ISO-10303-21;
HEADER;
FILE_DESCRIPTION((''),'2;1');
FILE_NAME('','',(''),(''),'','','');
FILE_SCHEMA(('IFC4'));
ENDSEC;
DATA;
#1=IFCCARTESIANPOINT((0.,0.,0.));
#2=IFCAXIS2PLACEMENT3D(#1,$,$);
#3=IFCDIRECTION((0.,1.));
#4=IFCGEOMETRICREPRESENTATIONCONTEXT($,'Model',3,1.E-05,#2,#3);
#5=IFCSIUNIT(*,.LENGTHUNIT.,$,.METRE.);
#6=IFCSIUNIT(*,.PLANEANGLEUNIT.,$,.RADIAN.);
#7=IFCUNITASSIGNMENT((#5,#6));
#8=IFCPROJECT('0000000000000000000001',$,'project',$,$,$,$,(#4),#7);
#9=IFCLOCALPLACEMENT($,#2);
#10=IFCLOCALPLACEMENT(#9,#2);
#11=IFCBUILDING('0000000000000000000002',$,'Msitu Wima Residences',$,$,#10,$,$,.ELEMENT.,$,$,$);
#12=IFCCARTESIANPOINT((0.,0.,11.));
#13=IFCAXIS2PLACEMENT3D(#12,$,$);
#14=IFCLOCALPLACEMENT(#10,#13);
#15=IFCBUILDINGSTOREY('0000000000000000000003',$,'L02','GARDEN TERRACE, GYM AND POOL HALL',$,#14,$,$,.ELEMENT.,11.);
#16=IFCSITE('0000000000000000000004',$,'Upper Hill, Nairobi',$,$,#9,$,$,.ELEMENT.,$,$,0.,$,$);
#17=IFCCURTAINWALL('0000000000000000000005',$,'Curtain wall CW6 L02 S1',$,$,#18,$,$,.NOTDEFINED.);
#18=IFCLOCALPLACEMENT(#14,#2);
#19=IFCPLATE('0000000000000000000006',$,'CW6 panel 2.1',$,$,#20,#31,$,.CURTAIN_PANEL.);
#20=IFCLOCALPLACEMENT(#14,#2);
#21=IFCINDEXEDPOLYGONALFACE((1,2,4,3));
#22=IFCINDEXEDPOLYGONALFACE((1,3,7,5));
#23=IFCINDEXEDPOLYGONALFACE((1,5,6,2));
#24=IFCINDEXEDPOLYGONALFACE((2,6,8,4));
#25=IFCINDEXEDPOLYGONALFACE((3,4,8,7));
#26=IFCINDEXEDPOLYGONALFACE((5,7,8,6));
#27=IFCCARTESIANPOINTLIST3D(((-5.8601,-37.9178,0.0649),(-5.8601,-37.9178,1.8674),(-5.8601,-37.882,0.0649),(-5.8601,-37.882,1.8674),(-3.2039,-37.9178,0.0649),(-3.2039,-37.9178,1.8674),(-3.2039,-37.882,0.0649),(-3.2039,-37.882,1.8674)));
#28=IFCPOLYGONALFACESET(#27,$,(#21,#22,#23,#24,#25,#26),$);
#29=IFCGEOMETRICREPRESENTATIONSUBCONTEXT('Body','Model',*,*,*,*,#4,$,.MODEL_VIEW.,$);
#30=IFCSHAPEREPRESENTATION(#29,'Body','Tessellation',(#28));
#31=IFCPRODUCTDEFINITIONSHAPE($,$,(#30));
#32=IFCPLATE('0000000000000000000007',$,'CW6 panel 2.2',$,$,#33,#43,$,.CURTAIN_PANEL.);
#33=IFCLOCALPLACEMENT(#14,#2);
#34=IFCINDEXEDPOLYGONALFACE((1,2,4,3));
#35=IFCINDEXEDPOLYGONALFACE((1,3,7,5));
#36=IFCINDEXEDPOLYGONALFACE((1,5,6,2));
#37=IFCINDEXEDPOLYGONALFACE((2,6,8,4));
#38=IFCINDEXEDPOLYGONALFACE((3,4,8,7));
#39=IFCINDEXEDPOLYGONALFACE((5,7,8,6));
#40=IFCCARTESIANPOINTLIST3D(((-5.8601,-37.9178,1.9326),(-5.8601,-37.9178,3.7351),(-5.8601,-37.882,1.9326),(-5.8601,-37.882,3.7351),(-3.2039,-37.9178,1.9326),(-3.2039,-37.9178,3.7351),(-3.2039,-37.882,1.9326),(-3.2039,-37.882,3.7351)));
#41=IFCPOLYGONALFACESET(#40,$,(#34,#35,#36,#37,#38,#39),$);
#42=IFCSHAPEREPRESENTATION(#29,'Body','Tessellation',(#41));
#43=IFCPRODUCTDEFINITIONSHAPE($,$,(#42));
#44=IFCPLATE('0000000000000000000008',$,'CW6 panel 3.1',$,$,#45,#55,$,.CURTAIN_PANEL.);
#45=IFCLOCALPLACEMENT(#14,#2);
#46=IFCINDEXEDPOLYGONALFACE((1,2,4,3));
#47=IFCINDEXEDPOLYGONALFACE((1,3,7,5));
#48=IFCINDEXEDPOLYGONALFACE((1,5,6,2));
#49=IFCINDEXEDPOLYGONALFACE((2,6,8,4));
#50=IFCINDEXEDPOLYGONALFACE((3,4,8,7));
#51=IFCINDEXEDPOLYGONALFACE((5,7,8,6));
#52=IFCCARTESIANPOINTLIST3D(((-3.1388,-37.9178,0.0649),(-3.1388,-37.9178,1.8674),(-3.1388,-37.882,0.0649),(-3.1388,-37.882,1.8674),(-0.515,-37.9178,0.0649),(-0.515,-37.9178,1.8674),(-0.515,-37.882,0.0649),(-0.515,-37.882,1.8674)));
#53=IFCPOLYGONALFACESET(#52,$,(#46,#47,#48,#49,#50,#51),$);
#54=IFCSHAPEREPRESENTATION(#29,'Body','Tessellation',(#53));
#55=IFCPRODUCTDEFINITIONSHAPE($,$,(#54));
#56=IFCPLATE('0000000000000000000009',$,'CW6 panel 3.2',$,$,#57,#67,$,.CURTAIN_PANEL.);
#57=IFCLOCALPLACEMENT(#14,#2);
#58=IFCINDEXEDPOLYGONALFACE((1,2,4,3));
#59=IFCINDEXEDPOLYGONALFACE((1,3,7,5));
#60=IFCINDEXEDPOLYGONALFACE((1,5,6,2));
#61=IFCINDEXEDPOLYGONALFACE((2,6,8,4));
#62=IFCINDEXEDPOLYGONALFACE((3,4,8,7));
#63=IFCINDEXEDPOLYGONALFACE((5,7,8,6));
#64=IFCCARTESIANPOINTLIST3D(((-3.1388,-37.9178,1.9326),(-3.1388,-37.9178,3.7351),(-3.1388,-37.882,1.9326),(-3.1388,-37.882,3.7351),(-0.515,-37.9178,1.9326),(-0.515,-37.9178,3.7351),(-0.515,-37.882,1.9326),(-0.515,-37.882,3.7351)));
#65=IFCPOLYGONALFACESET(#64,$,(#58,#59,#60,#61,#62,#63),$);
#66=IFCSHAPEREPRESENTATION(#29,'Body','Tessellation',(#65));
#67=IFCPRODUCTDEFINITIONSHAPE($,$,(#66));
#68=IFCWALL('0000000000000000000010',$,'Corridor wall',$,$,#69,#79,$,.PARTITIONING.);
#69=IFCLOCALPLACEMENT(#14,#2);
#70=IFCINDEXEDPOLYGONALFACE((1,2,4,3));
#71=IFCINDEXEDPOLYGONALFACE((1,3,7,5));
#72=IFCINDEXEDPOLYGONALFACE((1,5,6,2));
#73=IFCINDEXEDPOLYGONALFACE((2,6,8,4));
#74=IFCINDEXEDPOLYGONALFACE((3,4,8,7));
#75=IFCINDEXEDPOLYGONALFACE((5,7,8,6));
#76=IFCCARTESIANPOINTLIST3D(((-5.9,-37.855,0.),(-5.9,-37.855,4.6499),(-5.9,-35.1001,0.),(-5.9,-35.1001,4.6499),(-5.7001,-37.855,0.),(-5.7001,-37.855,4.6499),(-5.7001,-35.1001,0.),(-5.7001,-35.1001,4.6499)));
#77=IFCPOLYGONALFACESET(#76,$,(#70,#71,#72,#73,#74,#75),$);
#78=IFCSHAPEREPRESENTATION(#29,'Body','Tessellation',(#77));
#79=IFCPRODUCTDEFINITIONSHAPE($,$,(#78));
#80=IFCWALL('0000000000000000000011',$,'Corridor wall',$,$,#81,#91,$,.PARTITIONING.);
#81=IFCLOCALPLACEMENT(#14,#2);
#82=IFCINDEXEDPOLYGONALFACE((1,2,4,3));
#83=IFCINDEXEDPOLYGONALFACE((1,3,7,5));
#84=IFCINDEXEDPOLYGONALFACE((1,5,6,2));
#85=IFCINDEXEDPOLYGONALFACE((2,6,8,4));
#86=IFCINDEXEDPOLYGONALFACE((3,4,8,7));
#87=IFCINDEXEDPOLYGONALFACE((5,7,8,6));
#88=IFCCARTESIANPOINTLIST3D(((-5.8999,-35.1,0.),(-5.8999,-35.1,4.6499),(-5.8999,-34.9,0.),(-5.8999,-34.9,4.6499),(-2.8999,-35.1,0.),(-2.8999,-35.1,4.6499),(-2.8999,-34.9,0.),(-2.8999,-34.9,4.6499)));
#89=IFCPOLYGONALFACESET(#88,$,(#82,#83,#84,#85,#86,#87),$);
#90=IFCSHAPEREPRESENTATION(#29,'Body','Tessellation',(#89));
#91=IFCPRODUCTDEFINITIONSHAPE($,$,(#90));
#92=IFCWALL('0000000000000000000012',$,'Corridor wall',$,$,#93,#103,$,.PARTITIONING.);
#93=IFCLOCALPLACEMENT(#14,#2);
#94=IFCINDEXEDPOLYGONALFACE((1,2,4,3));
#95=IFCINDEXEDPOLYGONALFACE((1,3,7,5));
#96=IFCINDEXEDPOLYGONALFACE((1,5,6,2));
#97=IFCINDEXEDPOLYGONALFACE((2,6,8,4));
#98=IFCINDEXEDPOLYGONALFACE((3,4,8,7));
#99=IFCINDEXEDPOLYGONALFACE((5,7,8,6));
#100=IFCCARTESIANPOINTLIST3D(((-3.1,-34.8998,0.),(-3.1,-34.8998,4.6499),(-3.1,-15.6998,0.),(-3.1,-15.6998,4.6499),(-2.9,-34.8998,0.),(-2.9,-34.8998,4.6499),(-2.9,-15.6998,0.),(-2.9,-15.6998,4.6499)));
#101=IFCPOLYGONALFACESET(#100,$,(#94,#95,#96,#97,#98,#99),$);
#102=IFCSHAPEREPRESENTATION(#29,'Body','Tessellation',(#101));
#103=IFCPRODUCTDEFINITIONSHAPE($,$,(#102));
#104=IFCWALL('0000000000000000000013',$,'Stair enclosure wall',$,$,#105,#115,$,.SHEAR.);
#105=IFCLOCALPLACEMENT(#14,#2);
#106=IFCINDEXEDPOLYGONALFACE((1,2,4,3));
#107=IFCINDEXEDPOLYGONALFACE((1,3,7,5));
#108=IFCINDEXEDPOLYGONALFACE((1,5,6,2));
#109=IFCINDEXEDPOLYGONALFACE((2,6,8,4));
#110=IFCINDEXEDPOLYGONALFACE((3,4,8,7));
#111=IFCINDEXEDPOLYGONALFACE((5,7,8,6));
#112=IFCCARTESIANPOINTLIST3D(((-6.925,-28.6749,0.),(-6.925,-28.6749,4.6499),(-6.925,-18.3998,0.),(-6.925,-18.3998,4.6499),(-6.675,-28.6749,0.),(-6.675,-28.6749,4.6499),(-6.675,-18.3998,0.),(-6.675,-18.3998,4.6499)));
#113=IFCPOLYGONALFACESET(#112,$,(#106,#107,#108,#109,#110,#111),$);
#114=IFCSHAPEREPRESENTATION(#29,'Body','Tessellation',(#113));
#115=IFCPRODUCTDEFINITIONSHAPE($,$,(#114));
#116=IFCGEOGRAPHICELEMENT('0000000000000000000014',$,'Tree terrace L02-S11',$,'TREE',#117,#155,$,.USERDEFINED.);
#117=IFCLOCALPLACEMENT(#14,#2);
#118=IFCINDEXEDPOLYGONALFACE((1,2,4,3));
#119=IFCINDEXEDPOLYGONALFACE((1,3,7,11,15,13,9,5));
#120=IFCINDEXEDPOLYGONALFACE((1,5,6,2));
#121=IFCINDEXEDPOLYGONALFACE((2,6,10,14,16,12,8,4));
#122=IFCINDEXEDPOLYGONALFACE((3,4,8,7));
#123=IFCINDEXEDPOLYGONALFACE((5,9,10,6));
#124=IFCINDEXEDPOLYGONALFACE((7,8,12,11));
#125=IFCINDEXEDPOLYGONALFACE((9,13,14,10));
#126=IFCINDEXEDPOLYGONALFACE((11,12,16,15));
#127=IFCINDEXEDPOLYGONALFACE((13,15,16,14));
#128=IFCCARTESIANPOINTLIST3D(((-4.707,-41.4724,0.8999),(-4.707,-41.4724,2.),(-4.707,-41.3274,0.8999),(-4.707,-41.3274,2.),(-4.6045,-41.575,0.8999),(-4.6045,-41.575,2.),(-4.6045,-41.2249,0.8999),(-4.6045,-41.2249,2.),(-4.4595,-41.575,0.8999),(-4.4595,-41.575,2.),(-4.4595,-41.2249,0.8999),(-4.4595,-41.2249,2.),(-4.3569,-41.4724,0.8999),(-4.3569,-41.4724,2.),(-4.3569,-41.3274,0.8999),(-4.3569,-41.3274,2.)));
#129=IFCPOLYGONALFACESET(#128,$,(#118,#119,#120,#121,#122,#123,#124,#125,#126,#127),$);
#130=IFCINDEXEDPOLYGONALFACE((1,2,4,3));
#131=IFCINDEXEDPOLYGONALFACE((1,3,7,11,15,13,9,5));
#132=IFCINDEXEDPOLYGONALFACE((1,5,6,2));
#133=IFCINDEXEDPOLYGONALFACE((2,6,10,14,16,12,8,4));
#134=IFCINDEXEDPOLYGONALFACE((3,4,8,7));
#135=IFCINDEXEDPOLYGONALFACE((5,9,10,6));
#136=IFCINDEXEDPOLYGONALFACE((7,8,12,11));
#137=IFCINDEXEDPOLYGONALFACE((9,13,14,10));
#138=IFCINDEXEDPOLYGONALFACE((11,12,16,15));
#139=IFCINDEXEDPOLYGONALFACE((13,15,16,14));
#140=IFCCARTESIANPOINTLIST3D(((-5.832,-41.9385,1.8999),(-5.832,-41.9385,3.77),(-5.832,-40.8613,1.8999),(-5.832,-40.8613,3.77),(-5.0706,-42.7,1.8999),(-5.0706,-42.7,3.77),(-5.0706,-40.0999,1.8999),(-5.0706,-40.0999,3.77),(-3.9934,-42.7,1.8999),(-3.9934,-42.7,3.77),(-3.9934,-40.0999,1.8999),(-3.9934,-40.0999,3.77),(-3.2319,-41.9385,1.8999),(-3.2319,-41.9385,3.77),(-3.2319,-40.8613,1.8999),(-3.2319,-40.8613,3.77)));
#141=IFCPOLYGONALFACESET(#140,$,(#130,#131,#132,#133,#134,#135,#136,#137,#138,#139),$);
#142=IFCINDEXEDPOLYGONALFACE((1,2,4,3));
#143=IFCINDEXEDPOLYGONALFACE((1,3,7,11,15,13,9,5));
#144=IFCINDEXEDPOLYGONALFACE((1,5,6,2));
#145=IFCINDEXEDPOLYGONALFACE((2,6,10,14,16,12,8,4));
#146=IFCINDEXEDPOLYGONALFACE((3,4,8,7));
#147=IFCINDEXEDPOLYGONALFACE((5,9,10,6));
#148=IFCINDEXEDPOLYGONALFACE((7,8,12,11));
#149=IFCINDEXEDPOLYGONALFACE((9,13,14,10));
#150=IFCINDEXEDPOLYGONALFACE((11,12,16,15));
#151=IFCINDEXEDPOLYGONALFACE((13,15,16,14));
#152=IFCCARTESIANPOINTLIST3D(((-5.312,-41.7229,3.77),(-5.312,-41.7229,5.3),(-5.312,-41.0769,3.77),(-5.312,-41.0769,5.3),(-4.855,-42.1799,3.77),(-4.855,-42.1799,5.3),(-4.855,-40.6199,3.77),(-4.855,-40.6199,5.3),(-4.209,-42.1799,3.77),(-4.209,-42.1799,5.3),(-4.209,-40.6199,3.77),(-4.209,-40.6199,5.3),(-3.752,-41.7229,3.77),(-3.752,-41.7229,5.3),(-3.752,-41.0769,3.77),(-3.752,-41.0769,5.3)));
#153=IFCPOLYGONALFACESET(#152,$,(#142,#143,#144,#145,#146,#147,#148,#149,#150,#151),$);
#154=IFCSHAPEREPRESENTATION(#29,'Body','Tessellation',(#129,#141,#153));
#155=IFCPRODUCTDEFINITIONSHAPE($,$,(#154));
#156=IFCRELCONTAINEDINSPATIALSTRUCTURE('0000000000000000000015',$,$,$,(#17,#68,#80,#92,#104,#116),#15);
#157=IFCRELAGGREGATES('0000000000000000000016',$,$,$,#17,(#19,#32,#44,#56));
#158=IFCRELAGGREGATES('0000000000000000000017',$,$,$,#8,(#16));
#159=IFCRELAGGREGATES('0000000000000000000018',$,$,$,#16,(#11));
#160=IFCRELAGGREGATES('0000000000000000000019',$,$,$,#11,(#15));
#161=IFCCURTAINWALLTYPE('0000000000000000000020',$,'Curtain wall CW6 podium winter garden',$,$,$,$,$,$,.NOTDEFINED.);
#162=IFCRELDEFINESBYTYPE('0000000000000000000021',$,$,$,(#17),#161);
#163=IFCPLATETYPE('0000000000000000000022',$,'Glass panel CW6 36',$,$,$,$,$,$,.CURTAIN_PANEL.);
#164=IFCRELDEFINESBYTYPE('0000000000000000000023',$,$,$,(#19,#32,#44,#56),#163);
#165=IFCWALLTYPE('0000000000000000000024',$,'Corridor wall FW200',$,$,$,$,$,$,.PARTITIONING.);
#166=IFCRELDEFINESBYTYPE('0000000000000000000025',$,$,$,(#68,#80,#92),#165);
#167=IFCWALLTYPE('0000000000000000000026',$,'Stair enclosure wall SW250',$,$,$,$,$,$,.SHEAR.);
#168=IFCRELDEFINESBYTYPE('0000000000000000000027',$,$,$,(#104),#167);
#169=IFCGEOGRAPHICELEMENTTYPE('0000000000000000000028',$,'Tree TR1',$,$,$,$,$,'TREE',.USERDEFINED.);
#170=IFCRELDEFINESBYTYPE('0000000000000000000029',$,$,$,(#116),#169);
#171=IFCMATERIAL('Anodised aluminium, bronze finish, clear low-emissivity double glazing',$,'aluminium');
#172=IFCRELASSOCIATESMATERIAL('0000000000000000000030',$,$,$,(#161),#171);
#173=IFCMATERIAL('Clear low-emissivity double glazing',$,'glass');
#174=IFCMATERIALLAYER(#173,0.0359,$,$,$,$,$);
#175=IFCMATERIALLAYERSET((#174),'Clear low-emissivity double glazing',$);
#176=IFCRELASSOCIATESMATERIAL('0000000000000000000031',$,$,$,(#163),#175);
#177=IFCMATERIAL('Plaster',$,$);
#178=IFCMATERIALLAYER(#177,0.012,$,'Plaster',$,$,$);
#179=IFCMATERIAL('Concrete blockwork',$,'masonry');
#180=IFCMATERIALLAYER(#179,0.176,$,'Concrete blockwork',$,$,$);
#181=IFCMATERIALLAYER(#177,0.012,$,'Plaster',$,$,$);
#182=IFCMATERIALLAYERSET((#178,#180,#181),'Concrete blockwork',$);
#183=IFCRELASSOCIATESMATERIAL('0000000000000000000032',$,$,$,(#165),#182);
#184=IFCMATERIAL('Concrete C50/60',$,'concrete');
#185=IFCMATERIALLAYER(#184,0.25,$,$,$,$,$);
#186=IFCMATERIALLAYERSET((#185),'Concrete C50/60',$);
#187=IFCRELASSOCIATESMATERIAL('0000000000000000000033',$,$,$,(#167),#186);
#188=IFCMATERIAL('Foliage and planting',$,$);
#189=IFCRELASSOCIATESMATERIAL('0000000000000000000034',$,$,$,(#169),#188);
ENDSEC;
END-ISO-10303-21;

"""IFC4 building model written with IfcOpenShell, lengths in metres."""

from ifc_helpers import new_model, si_unit, direction, frame, frame_2d, origin, origin_2d, place, context, subcontext, project, spatial, polyline, rectangle, outline, extrude, material, layer, layer_set, type_object, element, aggregate, save


model = new_model("IFC4")

# Units and contexts
model_context = context("Model", 3, precision=1e-05, world=origin(), true_north=direction((0.0, 1.0)))
body_context = subcontext(model_context, "Body", "Model", "MODEL_VIEW")
ifc_project = project(units=[si_unit("LENGTHUNIT", "METRE"), si_unit("PLANEANGLEUNIT", "RADIAN")], contexts=[model_context])

# Site, building, storey
site_placement = place(None, origin())
site = spatial("IfcSite", under=ifc_project, at=site_placement, Name="Upper Hill, Nairobi", CompositionType="ELEMENT", RefElevation=0.0)
building_placement = place(site_placement, origin())
building = spatial("IfcBuilding", under=site, at=building_placement, Name="Msitu Wima Residences", CompositionType="ELEMENT")
storey_placement = place(building_placement, frame((0.0, 0.0, 11.0)))
storey = spatial("IfcBuildingStorey", under=building, at=storey_placement, Name="L02", Description="GARDEN TERRACE, GYM AND POOL HALL", CompositionType="ELEMENT", Elevation=11.0)

# Curtain wall
ifc_material_1 = material(Name="Anodised aluminium, bronze finish, clear low-emissivity double glazing", Category="aluminium")
curtain_wall_type = type_object("IfcCurtainWallType", Name="Curtain wall CW6 podium winter garden", PredefinedType="NOTDEFINED", material=ifc_material_1)
curtain_wall_placement = place(storey_placement, origin())
curtain_wall = element("IfcCurtainWall", 1, at=curtain_wall_placement, inside=storey, type_object=curtain_wall_type, Name="Curtain wall CW6 L02 S1", PredefinedType="NOTDEFINED")

# Plates
ifc_material_2 = material(Name="Clear low-emissivity double glazing", Category="glass")
ifc_layer_1 = layer(ifc_material_2, 0.0359)
ifc_layer_set_1 = layer_set([ifc_layer_1], Name="Clear low-emissivity double glazing")
plate_type = type_object("IfcPlateType", Name="Glass panel CW6 36", PredefinedType="CURTAIN_PANEL", material=ifc_layer_set_1)
plate_1_placement = place(storey_placement, frame((-4.532, -37.8999, 0.0649), z_axis=(0.0, 0.0, 1.0), x_axis=(1.0, 0.0, 0.0)))
plate_1 = element("IfcPlate", 2, at=plate_1_placement, type_object=plate_type, Name="CW6 panel 2.1", PredefinedType="CURTAIN_PANEL", context=body_context, shape_type="SweptSolid", body=[
    extrude(rectangle(XDim=2.6562, YDim=0.0359, at=origin_2d()), origin(), (0.0, 0.0, 1.0), 1.8025),
])
plate_2_placement = place(storey_placement, frame((-4.532, -37.8999, 1.9326), z_axis=(0.0, 0.0, 1.0), x_axis=(1.0, 0.0, 0.0)))
plate_2 = element("IfcPlate", 3, at=plate_2_placement, type_object=plate_type, Name="CW6 panel 2.2", PredefinedType="CURTAIN_PANEL", context=body_context, shape_type="SweptSolid", body=[
    extrude(rectangle(XDim=2.6562, YDim=0.0359, at=origin_2d()), origin(), (0.0, 0.0, 1.0), 1.8025),
])
plate_3_placement = place(storey_placement, frame((-1.8269, -37.8999, 0.0649), z_axis=(0.0, 0.0, 1.0), x_axis=(1.0, 0.0, 0.0)))
plate_3 = element("IfcPlate", 4, at=plate_3_placement, type_object=plate_type, Name="CW6 panel 3.1", PredefinedType="CURTAIN_PANEL", context=body_context, shape_type="SweptSolid", body=[
    extrude(rectangle(XDim=2.6238, YDim=0.0359, at=origin_2d()), origin(), (0.0, 0.0, 1.0), 1.8025),
])
plate_4_placement = place(storey_placement, frame((-1.8269, -37.8999, 1.9326), z_axis=(0.0, 0.0, 1.0), x_axis=(1.0, 0.0, 0.0)))
plate_4 = element("IfcPlate", 5, at=plate_4_placement, type_object=plate_type, Name="CW6 panel 3.2", PredefinedType="CURTAIN_PANEL", context=body_context, shape_type="SweptSolid", body=[
    extrude(rectangle(XDim=2.6238, YDim=0.0359, at=origin_2d()), origin(), (0.0, 0.0, 1.0), 1.8025),
])
aggregate(curtain_wall, [plate_1, plate_2, plate_3, plate_4])

# Walls
ifc_material_3 = material(Name="Plaster")
ifc_layer_2 = layer(ifc_material_3, 0.012, Name="Plaster")
ifc_material_4 = material(Name="Concrete blockwork", Category="masonry")
ifc_layer_3 = layer(ifc_material_4, 0.176, Name="Concrete blockwork")
ifc_layer_4 = layer(ifc_material_3, 0.012, Name="Plaster")
ifc_layer_set_2 = layer_set([ifc_layer_2, ifc_layer_3, ifc_layer_4], Name="Concrete blockwork")
wall_type_1 = type_object("IfcWallType", Name="Corridor wall FW200", PredefinedType="PARTITIONING", material=ifc_layer_set_2)
wall_1_placement = place(storey_placement, frame((-5.8, -37.855, 0.0), z_axis=(0.0, 0.0, 1.0), x_axis=(0.0, 1.0, 0.0)))
element("IfcWall", 6, at=wall_1_placement, inside=storey, type_object=wall_type_1, Name="Corridor wall", PredefinedType="PARTITIONING", context=body_context, shape_type="SweptSolid", body=[
    extrude(rectangle(XDim=2.7549, YDim=0.2, at=frame_2d((1.3774, 0.0))), origin(), (0.0, 0.0, 1.0), 4.6499),
])
wall_2_placement = place(storey_placement, frame((-5.8999, -35.0, 0.0), z_axis=(0.0, 0.0, 1.0), x_axis=(1.0, 0.0, 0.0)))
element("IfcWall", 7, at=wall_2_placement, inside=storey, type_object=wall_type_1, Name="Corridor wall", PredefinedType="PARTITIONING", context=body_context, shape_type="SweptSolid", body=[
    extrude(rectangle(XDim=3.0, YDim=0.2, at=frame_2d((1.5, 0.0))), origin(), (0.0, 0.0, 1.0), 4.6499),
])
wall_3_placement = place(storey_placement, frame((-3.0, -34.8999, 0.0), z_axis=(0.0, 0.0, 1.0), x_axis=(0.0, 1.0, 0.0)))
element("IfcWall", 8, at=wall_3_placement, inside=storey, type_object=wall_type_1, Name="Corridor wall", PredefinedType="PARTITIONING", context=body_context, shape_type="SweptSolid", body=[
    extrude(rectangle(XDim=19.2, YDim=0.2, at=frame_2d((9.6001, 0.0))), origin(), (0.0, 0.0, 1.0), 4.6499),
])
ifc_material_5 = material(Name="Concrete C50/60", Category="concrete")
ifc_layer_5 = layer(ifc_material_5, 0.25)
ifc_layer_set_3 = layer_set([ifc_layer_5], Name="Concrete C50/60")
wall_type_2 = type_object("IfcWallType", Name="Stair enclosure wall SW250", PredefinedType="SHEAR", material=ifc_layer_set_3)
wall_4_placement = place(storey_placement, frame((-6.8, -28.675, 0.0), z_axis=(0.0, 0.0, 1.0), x_axis=(0.0, 1.0, 0.0)))
element("IfcWall", 9, at=wall_4_placement, inside=storey, type_object=wall_type_2, Name="Stair enclosure wall", PredefinedType="SHEAR", context=body_context, shape_type="SweptSolid", body=[
    extrude(rectangle(XDim=10.2751, YDim=0.25, at=frame_2d((5.1377, 0.0))), origin(), (0.0, 0.0, 1.0), 4.6499),
])

# Geographic element
ifc_material_6 = material(Name="Foliage and planting")
geographic_element_type = type_object("IfcGeographicElementType", Name="Tree TR1", ElementType="TREE", PredefinedType="USERDEFINED", material=ifc_material_6)
geographic_element_placement = place(storey_placement, frame((-4.532, -41.3999, 0.8999), z_axis=(0.0, 0.0, 1.0), x_axis=(1.0, 0.0, 0.0)))
element("IfcGeographicElement", 10, at=geographic_element_placement, inside=storey, type_object=geographic_element_type, Name="Tree terrace L02-S11", ObjectType="TREE", PredefinedType="USERDEFINED", context=body_context, shape_type="SweptSolid", body=[
    extrude(outline(polyline([(0.175, 0.0725), (0.0725, 0.175), (-0.0725, 0.175), (-0.175, 0.0725), (-0.175, -0.0725), (-0.0725, -0.175), (0.0725, -0.175), (0.175, -0.0725), (0.175, 0.0725)])), origin(), (0.0, 0.0, 1.0), 1.1001),
    extrude(outline(polyline([(1.3, 0.5386), (0.5386, 1.3), (-0.5386, 1.3), (-1.3, 0.5386), (-1.3, -0.5386), (-0.5386, -1.3), (0.5386, -1.3), (1.3, -0.5386), (1.3, 0.5386)])), frame((0.0, 0.0, 1.0)), (0.0, 0.0, 1.0), 1.8701),
    extrude(outline(polyline([(0.78, 0.323), (0.323, 0.78), (-0.323, 0.78), (-0.78, 0.323), (-0.78, -0.323), (-0.323, -0.78), (0.323, -0.78), (0.78, -0.323), (0.78, 0.323)])), frame((0.0, 0.0, 2.8701)), (0.0, 0.0, 1.0), 1.53),
])

save(model, "model.ifc")
